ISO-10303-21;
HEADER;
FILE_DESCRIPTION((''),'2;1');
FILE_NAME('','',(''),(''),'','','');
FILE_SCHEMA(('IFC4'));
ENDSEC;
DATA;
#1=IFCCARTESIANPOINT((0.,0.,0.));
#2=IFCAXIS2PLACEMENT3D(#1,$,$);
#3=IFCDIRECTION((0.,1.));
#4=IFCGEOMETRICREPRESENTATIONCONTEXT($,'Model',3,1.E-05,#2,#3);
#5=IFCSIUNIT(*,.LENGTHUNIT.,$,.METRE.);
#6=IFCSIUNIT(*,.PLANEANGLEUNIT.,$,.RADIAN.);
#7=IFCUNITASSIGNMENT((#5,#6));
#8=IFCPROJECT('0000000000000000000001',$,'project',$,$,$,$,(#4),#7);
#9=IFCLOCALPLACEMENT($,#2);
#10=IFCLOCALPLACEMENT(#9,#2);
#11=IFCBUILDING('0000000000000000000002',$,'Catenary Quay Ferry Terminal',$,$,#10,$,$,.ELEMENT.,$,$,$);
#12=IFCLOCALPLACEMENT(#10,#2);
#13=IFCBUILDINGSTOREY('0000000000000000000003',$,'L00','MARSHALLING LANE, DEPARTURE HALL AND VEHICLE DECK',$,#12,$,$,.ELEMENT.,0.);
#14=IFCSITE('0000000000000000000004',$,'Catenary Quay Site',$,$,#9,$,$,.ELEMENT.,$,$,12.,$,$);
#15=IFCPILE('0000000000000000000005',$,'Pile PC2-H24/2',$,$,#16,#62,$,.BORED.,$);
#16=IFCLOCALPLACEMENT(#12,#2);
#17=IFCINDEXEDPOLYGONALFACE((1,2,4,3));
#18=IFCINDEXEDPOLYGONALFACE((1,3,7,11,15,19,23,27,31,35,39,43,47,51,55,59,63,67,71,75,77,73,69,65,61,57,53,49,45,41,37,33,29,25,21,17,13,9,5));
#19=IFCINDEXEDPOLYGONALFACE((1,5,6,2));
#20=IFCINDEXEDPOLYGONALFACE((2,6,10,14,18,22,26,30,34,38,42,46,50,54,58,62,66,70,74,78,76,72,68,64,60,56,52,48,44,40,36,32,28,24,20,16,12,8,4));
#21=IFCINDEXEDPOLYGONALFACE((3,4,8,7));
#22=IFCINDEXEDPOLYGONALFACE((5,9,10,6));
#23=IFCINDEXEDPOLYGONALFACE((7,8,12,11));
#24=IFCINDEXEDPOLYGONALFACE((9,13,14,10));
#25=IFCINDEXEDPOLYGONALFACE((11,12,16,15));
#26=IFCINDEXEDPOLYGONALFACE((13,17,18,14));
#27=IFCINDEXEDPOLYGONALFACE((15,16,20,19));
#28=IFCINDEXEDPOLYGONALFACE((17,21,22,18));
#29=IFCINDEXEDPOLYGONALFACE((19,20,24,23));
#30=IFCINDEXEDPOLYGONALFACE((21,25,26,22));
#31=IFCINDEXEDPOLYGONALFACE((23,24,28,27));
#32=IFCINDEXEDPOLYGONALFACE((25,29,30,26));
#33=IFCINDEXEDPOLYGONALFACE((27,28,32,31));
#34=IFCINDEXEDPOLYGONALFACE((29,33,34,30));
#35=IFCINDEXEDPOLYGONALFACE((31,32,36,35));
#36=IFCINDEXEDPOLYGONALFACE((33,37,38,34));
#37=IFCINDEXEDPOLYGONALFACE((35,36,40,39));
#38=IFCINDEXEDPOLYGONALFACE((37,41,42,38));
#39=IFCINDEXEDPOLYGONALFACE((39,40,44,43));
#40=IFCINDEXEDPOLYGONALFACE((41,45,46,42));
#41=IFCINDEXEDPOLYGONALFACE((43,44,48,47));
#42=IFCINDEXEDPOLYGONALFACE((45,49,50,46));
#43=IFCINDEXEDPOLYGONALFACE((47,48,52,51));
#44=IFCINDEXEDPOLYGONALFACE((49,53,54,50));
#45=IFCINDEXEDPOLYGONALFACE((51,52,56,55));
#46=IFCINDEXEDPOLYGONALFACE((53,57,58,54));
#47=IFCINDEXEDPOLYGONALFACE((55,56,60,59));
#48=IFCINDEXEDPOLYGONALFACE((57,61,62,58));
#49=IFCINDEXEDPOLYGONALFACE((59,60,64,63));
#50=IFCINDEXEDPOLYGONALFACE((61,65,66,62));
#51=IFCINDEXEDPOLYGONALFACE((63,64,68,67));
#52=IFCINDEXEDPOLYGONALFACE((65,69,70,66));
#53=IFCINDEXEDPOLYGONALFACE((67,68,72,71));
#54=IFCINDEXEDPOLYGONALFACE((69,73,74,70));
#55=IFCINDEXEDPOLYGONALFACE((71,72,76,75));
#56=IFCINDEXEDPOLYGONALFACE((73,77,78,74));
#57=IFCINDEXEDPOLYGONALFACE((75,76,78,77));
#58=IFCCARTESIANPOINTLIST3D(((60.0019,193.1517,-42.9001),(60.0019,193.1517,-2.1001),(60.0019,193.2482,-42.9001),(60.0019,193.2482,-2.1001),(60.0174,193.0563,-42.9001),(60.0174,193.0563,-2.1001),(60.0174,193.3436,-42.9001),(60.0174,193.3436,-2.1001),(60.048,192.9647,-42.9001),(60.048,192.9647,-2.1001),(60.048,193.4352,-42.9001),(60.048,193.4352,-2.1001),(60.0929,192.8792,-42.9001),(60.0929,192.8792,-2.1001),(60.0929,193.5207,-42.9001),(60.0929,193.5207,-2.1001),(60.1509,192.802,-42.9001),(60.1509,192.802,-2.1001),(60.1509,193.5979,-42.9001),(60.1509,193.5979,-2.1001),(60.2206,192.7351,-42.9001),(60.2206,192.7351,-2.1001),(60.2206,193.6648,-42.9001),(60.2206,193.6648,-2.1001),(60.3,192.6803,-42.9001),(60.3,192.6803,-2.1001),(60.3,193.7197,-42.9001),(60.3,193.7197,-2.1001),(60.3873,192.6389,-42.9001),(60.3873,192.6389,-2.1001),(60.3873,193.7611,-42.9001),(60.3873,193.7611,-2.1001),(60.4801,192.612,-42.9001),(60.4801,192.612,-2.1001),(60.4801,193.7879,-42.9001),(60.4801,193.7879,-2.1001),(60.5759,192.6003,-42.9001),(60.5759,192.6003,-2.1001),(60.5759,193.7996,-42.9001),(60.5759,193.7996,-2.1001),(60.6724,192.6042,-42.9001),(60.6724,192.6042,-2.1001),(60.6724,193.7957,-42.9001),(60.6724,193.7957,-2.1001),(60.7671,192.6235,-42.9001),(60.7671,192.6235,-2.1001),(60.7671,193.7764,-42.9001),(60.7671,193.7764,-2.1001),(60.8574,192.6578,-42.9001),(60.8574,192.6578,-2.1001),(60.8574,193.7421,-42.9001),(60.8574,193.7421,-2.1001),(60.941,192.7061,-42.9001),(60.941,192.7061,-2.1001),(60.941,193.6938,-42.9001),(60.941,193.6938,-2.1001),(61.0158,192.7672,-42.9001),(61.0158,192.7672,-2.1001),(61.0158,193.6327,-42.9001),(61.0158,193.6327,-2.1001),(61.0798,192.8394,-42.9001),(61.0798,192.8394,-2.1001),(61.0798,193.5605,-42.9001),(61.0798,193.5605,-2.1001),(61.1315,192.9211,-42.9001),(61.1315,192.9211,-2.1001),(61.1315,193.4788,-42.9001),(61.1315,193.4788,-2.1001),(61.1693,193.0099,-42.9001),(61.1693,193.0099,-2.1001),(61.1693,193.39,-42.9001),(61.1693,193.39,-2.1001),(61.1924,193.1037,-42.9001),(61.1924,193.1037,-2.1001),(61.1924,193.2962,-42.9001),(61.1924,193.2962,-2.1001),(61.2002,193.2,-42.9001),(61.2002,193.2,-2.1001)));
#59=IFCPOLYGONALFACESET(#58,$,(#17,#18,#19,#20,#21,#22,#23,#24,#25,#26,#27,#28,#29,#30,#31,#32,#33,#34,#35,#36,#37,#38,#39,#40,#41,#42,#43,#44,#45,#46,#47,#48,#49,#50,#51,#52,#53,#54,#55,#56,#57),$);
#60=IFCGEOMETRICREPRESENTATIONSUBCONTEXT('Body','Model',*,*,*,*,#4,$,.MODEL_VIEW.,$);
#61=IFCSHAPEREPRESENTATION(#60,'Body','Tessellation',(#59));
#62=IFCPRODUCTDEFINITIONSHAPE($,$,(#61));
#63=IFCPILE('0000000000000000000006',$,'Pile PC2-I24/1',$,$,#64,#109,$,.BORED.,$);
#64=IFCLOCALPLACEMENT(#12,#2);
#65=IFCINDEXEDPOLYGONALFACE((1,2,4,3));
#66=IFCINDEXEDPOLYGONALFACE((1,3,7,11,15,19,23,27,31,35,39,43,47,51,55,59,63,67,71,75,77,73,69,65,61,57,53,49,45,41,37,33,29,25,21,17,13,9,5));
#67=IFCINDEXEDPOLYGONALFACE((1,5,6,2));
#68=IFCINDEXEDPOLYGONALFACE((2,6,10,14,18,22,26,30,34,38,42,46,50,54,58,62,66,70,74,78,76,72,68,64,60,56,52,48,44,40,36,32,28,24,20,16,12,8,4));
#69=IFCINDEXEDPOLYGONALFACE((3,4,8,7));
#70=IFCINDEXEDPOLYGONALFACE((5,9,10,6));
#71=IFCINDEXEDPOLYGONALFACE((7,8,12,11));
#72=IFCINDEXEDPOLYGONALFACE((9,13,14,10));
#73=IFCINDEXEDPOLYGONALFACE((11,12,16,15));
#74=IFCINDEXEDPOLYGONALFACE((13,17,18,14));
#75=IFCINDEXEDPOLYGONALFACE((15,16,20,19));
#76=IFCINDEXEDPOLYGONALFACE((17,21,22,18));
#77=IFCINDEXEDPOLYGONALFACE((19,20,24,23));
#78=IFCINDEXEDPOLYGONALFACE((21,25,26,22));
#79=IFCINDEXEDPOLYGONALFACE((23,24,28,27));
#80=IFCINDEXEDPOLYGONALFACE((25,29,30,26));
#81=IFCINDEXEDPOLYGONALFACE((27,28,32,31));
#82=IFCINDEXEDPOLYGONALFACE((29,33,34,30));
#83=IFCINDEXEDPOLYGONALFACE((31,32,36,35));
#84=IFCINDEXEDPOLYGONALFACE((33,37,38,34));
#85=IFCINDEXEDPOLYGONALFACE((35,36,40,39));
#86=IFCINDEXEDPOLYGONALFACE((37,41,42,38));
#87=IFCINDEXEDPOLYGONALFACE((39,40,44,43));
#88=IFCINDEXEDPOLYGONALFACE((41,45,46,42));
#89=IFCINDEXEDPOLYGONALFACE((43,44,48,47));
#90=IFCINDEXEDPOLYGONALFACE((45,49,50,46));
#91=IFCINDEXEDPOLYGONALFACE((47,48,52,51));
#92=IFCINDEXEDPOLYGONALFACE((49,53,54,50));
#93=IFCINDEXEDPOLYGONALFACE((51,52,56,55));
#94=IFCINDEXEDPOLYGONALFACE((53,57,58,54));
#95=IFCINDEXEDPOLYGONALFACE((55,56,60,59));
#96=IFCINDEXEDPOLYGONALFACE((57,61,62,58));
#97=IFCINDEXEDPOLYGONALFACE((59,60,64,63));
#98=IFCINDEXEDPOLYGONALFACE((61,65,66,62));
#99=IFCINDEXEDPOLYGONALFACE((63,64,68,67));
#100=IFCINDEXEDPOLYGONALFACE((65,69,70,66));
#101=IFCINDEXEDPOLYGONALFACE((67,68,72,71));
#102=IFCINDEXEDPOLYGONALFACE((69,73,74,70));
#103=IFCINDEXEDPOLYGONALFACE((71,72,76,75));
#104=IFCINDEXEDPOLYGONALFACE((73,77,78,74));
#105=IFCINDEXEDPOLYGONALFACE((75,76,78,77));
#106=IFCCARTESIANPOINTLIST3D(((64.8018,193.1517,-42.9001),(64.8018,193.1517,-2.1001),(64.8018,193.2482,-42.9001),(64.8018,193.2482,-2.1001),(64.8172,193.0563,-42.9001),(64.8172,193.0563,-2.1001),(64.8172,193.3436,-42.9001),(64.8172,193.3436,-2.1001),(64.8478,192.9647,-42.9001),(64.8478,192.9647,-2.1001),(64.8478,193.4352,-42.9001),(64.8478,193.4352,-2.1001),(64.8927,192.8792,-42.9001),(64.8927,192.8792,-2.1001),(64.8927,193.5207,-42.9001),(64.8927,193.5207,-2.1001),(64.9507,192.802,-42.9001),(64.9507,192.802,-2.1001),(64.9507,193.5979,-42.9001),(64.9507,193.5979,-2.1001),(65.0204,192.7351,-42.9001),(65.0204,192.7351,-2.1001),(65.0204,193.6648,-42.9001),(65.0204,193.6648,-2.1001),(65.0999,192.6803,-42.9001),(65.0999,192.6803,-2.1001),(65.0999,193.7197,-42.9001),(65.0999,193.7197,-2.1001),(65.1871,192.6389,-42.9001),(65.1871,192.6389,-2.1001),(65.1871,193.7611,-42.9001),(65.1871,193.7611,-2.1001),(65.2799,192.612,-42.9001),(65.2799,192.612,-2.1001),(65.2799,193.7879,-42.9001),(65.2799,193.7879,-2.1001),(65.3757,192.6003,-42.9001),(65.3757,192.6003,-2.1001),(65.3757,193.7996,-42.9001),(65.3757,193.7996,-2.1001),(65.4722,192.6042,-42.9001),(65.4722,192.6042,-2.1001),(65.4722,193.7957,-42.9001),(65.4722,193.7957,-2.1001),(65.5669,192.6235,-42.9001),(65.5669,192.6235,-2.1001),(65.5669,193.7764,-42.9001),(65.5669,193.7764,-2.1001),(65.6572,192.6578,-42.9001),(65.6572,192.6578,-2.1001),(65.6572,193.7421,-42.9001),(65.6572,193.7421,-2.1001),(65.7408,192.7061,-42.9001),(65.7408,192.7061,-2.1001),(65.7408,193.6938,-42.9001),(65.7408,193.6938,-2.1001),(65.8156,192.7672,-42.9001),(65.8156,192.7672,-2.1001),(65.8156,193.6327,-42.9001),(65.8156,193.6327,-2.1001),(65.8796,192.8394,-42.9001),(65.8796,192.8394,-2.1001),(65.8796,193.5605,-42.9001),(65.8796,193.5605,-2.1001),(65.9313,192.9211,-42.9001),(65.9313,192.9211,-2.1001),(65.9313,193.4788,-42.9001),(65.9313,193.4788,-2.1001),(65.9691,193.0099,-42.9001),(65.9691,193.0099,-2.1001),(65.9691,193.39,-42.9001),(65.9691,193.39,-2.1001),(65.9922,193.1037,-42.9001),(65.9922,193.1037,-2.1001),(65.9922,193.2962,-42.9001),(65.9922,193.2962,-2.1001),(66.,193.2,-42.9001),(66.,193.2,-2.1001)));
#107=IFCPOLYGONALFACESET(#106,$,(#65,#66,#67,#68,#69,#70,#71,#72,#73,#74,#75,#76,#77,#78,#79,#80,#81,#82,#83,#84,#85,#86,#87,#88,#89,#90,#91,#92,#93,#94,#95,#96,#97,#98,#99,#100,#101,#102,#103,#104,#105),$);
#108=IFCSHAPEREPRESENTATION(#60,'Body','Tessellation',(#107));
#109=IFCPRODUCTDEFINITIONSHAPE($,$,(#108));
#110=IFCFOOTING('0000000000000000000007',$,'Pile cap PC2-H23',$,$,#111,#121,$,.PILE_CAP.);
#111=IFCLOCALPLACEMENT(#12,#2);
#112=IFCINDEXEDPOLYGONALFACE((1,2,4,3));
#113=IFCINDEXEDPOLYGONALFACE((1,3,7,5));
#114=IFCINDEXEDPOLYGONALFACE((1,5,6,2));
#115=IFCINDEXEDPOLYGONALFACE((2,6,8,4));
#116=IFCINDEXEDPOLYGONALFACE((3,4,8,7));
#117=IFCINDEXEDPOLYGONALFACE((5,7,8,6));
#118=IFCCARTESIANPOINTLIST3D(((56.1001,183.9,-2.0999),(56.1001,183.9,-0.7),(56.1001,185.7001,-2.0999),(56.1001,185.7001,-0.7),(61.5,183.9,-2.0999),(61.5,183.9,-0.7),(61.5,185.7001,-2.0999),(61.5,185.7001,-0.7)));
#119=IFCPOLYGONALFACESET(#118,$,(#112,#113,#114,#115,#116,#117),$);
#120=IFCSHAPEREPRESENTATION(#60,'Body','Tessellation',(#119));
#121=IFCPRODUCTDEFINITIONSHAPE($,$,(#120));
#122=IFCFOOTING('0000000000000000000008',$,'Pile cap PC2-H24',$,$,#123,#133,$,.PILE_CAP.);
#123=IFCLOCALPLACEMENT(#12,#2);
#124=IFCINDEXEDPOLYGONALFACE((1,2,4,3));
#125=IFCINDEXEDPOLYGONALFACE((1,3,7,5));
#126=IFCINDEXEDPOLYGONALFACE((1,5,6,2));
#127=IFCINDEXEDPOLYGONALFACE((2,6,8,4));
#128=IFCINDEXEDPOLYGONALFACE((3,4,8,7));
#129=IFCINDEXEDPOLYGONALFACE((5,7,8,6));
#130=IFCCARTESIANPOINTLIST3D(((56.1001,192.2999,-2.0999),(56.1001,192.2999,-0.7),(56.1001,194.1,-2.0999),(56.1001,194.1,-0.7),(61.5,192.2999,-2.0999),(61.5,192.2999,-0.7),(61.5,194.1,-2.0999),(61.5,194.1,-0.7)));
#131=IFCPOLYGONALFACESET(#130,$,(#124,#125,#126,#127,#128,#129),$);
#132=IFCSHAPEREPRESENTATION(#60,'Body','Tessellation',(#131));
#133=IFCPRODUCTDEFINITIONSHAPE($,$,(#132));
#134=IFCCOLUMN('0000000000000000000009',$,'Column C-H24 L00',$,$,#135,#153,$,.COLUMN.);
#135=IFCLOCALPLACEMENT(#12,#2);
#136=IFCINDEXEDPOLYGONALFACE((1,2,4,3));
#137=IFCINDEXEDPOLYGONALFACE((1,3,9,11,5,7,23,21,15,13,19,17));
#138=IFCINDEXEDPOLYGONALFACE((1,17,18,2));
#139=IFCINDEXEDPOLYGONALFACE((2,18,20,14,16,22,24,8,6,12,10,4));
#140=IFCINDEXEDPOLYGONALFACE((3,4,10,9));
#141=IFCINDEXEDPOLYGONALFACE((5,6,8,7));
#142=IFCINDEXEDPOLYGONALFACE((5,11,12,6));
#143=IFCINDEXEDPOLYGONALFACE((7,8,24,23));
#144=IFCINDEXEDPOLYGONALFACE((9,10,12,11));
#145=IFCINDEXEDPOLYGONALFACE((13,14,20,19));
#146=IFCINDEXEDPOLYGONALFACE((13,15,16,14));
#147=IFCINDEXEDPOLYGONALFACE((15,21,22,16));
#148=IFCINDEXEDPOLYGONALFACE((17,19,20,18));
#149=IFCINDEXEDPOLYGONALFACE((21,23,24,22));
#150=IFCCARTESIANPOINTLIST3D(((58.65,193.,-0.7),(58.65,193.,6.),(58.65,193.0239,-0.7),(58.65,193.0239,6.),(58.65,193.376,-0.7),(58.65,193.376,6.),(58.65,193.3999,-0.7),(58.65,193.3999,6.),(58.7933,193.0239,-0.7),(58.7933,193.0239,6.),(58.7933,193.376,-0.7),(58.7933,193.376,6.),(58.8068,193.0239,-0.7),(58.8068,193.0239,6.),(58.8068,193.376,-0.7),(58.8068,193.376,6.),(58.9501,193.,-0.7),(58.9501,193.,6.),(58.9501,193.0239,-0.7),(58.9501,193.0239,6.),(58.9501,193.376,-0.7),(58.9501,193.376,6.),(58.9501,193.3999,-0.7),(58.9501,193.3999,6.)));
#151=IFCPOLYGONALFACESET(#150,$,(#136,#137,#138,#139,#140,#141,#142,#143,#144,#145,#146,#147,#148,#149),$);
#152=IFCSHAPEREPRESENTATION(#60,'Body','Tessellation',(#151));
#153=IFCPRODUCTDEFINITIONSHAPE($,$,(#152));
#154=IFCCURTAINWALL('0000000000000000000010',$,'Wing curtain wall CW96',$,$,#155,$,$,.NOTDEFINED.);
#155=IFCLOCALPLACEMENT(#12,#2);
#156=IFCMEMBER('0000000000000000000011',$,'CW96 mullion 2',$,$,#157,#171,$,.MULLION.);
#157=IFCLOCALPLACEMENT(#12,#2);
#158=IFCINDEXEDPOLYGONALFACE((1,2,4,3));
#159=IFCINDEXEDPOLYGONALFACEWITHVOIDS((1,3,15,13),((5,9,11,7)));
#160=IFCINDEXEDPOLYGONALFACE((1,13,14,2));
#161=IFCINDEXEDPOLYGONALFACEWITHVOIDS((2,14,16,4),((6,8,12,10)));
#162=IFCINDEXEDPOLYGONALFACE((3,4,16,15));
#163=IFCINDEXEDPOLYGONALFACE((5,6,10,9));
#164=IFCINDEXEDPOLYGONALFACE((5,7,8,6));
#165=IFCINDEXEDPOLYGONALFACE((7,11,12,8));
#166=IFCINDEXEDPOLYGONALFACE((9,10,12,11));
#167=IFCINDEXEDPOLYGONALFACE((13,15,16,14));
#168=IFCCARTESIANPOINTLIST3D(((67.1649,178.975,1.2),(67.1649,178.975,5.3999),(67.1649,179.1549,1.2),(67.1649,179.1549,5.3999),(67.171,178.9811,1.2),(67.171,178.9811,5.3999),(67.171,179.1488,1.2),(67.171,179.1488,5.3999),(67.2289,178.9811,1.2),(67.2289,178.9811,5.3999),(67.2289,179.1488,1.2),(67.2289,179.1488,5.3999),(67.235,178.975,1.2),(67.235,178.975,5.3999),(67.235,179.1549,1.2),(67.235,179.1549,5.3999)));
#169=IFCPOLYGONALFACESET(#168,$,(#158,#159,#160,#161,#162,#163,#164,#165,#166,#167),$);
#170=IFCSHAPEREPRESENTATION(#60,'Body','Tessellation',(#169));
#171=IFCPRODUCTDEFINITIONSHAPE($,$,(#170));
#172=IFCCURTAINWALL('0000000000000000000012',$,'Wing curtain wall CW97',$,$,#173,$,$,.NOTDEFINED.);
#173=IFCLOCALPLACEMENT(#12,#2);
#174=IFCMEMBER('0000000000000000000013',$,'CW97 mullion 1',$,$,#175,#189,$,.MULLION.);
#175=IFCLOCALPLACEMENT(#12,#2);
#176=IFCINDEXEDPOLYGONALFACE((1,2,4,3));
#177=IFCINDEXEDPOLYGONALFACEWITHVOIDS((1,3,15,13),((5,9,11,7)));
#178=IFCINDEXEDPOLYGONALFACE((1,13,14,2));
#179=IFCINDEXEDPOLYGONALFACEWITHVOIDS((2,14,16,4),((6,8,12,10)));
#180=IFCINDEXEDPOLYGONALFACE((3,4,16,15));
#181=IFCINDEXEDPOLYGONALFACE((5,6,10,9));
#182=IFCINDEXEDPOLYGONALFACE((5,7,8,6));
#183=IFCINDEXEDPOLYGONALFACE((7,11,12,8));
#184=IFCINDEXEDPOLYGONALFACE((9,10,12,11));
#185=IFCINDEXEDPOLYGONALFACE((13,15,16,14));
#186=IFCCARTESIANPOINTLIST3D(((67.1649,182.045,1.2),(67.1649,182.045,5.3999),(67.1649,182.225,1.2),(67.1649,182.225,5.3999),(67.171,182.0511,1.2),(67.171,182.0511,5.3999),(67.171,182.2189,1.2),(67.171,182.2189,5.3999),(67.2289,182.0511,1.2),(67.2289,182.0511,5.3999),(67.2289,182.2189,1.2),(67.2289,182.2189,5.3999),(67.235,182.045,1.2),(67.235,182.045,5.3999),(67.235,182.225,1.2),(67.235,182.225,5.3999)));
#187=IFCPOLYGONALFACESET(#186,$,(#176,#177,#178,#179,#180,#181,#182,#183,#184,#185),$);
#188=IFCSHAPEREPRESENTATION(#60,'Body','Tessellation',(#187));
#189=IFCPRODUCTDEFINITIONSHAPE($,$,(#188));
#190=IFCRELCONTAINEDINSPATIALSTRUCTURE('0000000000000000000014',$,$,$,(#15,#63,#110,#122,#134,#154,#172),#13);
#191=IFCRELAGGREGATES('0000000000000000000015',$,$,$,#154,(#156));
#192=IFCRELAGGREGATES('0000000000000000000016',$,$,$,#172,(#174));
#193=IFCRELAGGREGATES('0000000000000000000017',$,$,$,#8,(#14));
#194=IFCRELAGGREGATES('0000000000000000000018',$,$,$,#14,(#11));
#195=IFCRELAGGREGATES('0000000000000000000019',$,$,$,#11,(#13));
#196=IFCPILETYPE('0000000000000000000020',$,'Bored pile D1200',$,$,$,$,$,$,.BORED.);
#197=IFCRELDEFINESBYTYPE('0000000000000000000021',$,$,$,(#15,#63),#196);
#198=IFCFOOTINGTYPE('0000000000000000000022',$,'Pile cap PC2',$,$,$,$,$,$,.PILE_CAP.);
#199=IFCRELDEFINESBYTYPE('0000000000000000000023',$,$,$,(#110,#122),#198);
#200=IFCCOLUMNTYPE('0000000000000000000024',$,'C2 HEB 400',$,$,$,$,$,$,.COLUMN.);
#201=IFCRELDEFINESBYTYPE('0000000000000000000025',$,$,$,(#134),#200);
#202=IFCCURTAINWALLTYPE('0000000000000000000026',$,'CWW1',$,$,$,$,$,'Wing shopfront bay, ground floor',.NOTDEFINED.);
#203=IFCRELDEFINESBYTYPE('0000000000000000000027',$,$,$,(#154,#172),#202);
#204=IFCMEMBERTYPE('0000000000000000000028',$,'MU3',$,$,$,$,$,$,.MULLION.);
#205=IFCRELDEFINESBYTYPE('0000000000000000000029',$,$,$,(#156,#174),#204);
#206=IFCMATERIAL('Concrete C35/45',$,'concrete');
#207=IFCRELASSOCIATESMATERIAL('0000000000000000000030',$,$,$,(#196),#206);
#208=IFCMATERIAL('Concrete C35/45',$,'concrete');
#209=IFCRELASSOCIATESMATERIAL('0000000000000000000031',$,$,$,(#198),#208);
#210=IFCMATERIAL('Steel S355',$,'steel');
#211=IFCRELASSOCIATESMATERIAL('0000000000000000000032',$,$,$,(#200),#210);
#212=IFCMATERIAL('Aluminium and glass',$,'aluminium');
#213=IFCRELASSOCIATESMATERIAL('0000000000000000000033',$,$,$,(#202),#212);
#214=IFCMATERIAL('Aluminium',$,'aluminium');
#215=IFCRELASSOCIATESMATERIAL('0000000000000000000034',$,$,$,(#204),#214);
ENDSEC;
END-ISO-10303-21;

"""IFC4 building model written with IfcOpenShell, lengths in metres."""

from ifc_helpers import new_model, si_unit, direction, frame, origin, origin_2d, place, context, subcontext, project, spatial, rectangle, hollow_rectangle, circle, i_section, extrude, material, material_profile, profile_set, type_object, element, aggregate, save


model = new_model("IFC4")

# Units and contexts
model_context = context("Model", 3, precision=1e-05, world=origin(), true_north=direction((0.0, 1.0)))
body_context = subcontext(model_context, "Body", "Model", "MODEL_VIEW")
ifc_project = project(units=[si_unit("LENGTHUNIT", "METRE"), si_unit("PLANEANGLEUNIT", "RADIAN")], contexts=[model_context])

# Site, building, storey
site_placement = place(None, origin())
site = spatial("IfcSite", under=ifc_project, at=site_placement, Name="Catenary Quay Site", CompositionType="ELEMENT", RefElevation=12.0)
building_placement = place(site_placement, origin())
building = spatial("IfcBuilding", under=site, at=building_placement, Name="Catenary Quay Ferry Terminal", CompositionType="ELEMENT")
storey_placement = place(building_placement, origin())
storey = spatial("IfcBuildingStorey", under=building, at=storey_placement, Name="L00", Description="MARSHALLING LANE, DEPARTURE HALL AND VEHICLE DECK", CompositionType="ELEMENT", Elevation=0.0)

# Piles
ifc_material_1 = material(Name="Concrete C35/45", Category="concrete")
ifc_material_profile_1 = material_profile(ifc_material_1, circle(Radius=0.6001, at=origin_2d()), Name="D1200")
ifc_profile_set_1 = profile_set([ifc_material_profile_1], Name="Concrete C35/45")
pile_type = type_object("IfcPileType", Name="Bored pile D1200", PredefinedType="BORED", material=ifc_profile_set_1)
for number, where, z_axis, x_axis, name in (
    (1, (60.6001, 193.2, -2.1001), (0.0, 0.0, -1.0), (1.0, 0.0, 0.0), "Pile PC2-H24/2"),
    (2, (65.3999, 193.2, -2.1001), (0.0, 0.0, -1.0), (1.0, 0.0, 0.0), "Pile PC2-I24/1"),
):
    element("IfcPile", number, at=place(storey_placement, frame(where, z_axis=z_axis, x_axis=x_axis)), inside=storey, type_object=pile_type, Name=name, PredefinedType="BORED", context=body_context, shape_type="SweptSolid", body=[
        extrude(circle(Radius=0.6001, at=origin_2d()), origin(), (0.0, 0.0, 1.0), 40.8),
    ])

# Footings
ifc_material_2 = material(Name="Concrete C35/45", Category="concrete")
footing_type = type_object("IfcFootingType", Name="Pile cap PC2", PredefinedType="PILE_CAP", material=ifc_material_2)
for number, where, z_axis, x_axis, name in (
    (3, (58.8, 184.8, -2.0999), (0.0, 0.0, 1.0), (1.0, 0.0, 0.0), "Pile cap PC2-H23"),
    (4, (58.8, 193.2, -2.0999), (0.0, 0.0, 1.0), (1.0, 0.0, 0.0), "Pile cap PC2-H24"),
):
    element("IfcFooting", number, at=place(storey_placement, frame(where, z_axis=z_axis, x_axis=x_axis)), inside=storey, type_object=footing_type, Name=name, PredefinedType="PILE_CAP", context=body_context, shape_type="SweptSolid", body=[
        extrude(rectangle(XDim=5.3999, YDim=1.8, at=origin_2d()), origin(), (0.0, 0.0, 1.0), 1.3999),
    ])

# Column
ifc_material_3 = material(Name="Steel S355", Category="steel")
ifc_material_profile_2 = material_profile(ifc_material_3, i_section(OverallWidth=0.3, OverallDepth=0.3999, WebThickness=0.0134, FlangeThickness=0.0239, at=origin_2d()), Name="HEB 400")
ifc_profile_set_2 = profile_set([ifc_material_profile_2], Name="Steel S355")
column_type = type_object("IfcColumnType", Name="C2 HEB 400", PredefinedType="COLUMN", material=ifc_profile_set_2)
column_placement = place(storey_placement, frame((58.8, 193.2, -0.7), z_axis=(0.0, 0.0, 1.0), x_axis=(1.0, 0.0, 0.0)))
element("IfcColumn", 5, at=column_placement, inside=storey, type_object=column_type, Name="Column C-H24 L00", PredefinedType="COLUMN", context=body_context, shape_type="SweptSolid", body=[
    extrude(i_section(OverallWidth=0.3, OverallDepth=0.3999, WebThickness=0.0134, FlangeThickness=0.0239, at=origin_2d()), origin(), (0.0, 0.0, 1.0), 6.7),
])

# Curtain wall, member
ifc_material_4 = material(Name="Aluminium and glass", Category="aluminium")
curtain_wall_type = type_object("IfcCurtainWallType", Name="CWW1", ElementType="Wing shopfront bay, ground floor", PredefinedType="NOTDEFINED", material=ifc_material_4)
curtain_wall_1_placement = place(storey_placement, origin())
curtain_wall_1 = element("IfcCurtainWall", 6, at=curtain_wall_1_placement, inside=storey, type_object=curtain_wall_type, Name="Wing curtain wall CW96", PredefinedType="NOTDEFINED")
ifc_material_5 = material(Name="Aluminium", Category="aluminium")
ifc_material_profile_3 = material_profile(ifc_material_5, hollow_rectangle(XDim=0.0701, YDim=0.1799, WallThickness=0.0061, at=origin_2d()), Name="MU3")
ifc_profile_set_3 = profile_set([ifc_material_profile_3], Name="Aluminium")
member_type_1 = type_object("IfcMemberType", Name="MU3", PredefinedType="MULLION", material=ifc_profile_set_3)
member_1_placement = place(storey_placement, frame((67.2, 179.0649, 1.2), z_axis=(0.0, 0.0, 1.0), x_axis=(-1.0, 0.0, 0.0)))
member_1 = element("IfcMember", 7, at=member_1_placement, type_object=member_type_1, Name="CW96 mullion 2", PredefinedType="MULLION", context=body_context, shape_type="SweptSolid", body=[
    extrude(hollow_rectangle(XDim=0.0701, YDim=0.1799, WallThickness=0.0061, at=origin_2d()), origin(), (0.0, 0.0, 1.0), 4.2),
])

# Curtain wall, member
curtain_wall_2_placement = place(storey_placement, origin())
curtain_wall_2 = element("IfcCurtainWall", 8, at=curtain_wall_2_placement, inside=storey, type_object=curtain_wall_type, Name="Wing curtain wall CW97", PredefinedType="NOTDEFINED")
member_2_placement = place(storey_placement, frame((67.2, 182.135, 1.2), z_axis=(0.0, 0.0, 1.0), x_axis=(-1.0, 0.0, 0.0)))
member_2 = element("IfcMember", 9, at=member_2_placement, type_object=member_type_1, Name="CW97 mullion 1", PredefinedType="MULLION", context=body_context, shape_type="SweptSolid", body=[
    extrude(hollow_rectangle(XDim=0.0701, YDim=0.1799, WallThickness=0.0061, at=origin_2d()), origin(), (0.0, 0.0, 1.0), 4.2),
])

aggregate(curtain_wall_1, [member_1])
aggregate(curtain_wall_2, [member_2])

save(model, "model.ifc")
